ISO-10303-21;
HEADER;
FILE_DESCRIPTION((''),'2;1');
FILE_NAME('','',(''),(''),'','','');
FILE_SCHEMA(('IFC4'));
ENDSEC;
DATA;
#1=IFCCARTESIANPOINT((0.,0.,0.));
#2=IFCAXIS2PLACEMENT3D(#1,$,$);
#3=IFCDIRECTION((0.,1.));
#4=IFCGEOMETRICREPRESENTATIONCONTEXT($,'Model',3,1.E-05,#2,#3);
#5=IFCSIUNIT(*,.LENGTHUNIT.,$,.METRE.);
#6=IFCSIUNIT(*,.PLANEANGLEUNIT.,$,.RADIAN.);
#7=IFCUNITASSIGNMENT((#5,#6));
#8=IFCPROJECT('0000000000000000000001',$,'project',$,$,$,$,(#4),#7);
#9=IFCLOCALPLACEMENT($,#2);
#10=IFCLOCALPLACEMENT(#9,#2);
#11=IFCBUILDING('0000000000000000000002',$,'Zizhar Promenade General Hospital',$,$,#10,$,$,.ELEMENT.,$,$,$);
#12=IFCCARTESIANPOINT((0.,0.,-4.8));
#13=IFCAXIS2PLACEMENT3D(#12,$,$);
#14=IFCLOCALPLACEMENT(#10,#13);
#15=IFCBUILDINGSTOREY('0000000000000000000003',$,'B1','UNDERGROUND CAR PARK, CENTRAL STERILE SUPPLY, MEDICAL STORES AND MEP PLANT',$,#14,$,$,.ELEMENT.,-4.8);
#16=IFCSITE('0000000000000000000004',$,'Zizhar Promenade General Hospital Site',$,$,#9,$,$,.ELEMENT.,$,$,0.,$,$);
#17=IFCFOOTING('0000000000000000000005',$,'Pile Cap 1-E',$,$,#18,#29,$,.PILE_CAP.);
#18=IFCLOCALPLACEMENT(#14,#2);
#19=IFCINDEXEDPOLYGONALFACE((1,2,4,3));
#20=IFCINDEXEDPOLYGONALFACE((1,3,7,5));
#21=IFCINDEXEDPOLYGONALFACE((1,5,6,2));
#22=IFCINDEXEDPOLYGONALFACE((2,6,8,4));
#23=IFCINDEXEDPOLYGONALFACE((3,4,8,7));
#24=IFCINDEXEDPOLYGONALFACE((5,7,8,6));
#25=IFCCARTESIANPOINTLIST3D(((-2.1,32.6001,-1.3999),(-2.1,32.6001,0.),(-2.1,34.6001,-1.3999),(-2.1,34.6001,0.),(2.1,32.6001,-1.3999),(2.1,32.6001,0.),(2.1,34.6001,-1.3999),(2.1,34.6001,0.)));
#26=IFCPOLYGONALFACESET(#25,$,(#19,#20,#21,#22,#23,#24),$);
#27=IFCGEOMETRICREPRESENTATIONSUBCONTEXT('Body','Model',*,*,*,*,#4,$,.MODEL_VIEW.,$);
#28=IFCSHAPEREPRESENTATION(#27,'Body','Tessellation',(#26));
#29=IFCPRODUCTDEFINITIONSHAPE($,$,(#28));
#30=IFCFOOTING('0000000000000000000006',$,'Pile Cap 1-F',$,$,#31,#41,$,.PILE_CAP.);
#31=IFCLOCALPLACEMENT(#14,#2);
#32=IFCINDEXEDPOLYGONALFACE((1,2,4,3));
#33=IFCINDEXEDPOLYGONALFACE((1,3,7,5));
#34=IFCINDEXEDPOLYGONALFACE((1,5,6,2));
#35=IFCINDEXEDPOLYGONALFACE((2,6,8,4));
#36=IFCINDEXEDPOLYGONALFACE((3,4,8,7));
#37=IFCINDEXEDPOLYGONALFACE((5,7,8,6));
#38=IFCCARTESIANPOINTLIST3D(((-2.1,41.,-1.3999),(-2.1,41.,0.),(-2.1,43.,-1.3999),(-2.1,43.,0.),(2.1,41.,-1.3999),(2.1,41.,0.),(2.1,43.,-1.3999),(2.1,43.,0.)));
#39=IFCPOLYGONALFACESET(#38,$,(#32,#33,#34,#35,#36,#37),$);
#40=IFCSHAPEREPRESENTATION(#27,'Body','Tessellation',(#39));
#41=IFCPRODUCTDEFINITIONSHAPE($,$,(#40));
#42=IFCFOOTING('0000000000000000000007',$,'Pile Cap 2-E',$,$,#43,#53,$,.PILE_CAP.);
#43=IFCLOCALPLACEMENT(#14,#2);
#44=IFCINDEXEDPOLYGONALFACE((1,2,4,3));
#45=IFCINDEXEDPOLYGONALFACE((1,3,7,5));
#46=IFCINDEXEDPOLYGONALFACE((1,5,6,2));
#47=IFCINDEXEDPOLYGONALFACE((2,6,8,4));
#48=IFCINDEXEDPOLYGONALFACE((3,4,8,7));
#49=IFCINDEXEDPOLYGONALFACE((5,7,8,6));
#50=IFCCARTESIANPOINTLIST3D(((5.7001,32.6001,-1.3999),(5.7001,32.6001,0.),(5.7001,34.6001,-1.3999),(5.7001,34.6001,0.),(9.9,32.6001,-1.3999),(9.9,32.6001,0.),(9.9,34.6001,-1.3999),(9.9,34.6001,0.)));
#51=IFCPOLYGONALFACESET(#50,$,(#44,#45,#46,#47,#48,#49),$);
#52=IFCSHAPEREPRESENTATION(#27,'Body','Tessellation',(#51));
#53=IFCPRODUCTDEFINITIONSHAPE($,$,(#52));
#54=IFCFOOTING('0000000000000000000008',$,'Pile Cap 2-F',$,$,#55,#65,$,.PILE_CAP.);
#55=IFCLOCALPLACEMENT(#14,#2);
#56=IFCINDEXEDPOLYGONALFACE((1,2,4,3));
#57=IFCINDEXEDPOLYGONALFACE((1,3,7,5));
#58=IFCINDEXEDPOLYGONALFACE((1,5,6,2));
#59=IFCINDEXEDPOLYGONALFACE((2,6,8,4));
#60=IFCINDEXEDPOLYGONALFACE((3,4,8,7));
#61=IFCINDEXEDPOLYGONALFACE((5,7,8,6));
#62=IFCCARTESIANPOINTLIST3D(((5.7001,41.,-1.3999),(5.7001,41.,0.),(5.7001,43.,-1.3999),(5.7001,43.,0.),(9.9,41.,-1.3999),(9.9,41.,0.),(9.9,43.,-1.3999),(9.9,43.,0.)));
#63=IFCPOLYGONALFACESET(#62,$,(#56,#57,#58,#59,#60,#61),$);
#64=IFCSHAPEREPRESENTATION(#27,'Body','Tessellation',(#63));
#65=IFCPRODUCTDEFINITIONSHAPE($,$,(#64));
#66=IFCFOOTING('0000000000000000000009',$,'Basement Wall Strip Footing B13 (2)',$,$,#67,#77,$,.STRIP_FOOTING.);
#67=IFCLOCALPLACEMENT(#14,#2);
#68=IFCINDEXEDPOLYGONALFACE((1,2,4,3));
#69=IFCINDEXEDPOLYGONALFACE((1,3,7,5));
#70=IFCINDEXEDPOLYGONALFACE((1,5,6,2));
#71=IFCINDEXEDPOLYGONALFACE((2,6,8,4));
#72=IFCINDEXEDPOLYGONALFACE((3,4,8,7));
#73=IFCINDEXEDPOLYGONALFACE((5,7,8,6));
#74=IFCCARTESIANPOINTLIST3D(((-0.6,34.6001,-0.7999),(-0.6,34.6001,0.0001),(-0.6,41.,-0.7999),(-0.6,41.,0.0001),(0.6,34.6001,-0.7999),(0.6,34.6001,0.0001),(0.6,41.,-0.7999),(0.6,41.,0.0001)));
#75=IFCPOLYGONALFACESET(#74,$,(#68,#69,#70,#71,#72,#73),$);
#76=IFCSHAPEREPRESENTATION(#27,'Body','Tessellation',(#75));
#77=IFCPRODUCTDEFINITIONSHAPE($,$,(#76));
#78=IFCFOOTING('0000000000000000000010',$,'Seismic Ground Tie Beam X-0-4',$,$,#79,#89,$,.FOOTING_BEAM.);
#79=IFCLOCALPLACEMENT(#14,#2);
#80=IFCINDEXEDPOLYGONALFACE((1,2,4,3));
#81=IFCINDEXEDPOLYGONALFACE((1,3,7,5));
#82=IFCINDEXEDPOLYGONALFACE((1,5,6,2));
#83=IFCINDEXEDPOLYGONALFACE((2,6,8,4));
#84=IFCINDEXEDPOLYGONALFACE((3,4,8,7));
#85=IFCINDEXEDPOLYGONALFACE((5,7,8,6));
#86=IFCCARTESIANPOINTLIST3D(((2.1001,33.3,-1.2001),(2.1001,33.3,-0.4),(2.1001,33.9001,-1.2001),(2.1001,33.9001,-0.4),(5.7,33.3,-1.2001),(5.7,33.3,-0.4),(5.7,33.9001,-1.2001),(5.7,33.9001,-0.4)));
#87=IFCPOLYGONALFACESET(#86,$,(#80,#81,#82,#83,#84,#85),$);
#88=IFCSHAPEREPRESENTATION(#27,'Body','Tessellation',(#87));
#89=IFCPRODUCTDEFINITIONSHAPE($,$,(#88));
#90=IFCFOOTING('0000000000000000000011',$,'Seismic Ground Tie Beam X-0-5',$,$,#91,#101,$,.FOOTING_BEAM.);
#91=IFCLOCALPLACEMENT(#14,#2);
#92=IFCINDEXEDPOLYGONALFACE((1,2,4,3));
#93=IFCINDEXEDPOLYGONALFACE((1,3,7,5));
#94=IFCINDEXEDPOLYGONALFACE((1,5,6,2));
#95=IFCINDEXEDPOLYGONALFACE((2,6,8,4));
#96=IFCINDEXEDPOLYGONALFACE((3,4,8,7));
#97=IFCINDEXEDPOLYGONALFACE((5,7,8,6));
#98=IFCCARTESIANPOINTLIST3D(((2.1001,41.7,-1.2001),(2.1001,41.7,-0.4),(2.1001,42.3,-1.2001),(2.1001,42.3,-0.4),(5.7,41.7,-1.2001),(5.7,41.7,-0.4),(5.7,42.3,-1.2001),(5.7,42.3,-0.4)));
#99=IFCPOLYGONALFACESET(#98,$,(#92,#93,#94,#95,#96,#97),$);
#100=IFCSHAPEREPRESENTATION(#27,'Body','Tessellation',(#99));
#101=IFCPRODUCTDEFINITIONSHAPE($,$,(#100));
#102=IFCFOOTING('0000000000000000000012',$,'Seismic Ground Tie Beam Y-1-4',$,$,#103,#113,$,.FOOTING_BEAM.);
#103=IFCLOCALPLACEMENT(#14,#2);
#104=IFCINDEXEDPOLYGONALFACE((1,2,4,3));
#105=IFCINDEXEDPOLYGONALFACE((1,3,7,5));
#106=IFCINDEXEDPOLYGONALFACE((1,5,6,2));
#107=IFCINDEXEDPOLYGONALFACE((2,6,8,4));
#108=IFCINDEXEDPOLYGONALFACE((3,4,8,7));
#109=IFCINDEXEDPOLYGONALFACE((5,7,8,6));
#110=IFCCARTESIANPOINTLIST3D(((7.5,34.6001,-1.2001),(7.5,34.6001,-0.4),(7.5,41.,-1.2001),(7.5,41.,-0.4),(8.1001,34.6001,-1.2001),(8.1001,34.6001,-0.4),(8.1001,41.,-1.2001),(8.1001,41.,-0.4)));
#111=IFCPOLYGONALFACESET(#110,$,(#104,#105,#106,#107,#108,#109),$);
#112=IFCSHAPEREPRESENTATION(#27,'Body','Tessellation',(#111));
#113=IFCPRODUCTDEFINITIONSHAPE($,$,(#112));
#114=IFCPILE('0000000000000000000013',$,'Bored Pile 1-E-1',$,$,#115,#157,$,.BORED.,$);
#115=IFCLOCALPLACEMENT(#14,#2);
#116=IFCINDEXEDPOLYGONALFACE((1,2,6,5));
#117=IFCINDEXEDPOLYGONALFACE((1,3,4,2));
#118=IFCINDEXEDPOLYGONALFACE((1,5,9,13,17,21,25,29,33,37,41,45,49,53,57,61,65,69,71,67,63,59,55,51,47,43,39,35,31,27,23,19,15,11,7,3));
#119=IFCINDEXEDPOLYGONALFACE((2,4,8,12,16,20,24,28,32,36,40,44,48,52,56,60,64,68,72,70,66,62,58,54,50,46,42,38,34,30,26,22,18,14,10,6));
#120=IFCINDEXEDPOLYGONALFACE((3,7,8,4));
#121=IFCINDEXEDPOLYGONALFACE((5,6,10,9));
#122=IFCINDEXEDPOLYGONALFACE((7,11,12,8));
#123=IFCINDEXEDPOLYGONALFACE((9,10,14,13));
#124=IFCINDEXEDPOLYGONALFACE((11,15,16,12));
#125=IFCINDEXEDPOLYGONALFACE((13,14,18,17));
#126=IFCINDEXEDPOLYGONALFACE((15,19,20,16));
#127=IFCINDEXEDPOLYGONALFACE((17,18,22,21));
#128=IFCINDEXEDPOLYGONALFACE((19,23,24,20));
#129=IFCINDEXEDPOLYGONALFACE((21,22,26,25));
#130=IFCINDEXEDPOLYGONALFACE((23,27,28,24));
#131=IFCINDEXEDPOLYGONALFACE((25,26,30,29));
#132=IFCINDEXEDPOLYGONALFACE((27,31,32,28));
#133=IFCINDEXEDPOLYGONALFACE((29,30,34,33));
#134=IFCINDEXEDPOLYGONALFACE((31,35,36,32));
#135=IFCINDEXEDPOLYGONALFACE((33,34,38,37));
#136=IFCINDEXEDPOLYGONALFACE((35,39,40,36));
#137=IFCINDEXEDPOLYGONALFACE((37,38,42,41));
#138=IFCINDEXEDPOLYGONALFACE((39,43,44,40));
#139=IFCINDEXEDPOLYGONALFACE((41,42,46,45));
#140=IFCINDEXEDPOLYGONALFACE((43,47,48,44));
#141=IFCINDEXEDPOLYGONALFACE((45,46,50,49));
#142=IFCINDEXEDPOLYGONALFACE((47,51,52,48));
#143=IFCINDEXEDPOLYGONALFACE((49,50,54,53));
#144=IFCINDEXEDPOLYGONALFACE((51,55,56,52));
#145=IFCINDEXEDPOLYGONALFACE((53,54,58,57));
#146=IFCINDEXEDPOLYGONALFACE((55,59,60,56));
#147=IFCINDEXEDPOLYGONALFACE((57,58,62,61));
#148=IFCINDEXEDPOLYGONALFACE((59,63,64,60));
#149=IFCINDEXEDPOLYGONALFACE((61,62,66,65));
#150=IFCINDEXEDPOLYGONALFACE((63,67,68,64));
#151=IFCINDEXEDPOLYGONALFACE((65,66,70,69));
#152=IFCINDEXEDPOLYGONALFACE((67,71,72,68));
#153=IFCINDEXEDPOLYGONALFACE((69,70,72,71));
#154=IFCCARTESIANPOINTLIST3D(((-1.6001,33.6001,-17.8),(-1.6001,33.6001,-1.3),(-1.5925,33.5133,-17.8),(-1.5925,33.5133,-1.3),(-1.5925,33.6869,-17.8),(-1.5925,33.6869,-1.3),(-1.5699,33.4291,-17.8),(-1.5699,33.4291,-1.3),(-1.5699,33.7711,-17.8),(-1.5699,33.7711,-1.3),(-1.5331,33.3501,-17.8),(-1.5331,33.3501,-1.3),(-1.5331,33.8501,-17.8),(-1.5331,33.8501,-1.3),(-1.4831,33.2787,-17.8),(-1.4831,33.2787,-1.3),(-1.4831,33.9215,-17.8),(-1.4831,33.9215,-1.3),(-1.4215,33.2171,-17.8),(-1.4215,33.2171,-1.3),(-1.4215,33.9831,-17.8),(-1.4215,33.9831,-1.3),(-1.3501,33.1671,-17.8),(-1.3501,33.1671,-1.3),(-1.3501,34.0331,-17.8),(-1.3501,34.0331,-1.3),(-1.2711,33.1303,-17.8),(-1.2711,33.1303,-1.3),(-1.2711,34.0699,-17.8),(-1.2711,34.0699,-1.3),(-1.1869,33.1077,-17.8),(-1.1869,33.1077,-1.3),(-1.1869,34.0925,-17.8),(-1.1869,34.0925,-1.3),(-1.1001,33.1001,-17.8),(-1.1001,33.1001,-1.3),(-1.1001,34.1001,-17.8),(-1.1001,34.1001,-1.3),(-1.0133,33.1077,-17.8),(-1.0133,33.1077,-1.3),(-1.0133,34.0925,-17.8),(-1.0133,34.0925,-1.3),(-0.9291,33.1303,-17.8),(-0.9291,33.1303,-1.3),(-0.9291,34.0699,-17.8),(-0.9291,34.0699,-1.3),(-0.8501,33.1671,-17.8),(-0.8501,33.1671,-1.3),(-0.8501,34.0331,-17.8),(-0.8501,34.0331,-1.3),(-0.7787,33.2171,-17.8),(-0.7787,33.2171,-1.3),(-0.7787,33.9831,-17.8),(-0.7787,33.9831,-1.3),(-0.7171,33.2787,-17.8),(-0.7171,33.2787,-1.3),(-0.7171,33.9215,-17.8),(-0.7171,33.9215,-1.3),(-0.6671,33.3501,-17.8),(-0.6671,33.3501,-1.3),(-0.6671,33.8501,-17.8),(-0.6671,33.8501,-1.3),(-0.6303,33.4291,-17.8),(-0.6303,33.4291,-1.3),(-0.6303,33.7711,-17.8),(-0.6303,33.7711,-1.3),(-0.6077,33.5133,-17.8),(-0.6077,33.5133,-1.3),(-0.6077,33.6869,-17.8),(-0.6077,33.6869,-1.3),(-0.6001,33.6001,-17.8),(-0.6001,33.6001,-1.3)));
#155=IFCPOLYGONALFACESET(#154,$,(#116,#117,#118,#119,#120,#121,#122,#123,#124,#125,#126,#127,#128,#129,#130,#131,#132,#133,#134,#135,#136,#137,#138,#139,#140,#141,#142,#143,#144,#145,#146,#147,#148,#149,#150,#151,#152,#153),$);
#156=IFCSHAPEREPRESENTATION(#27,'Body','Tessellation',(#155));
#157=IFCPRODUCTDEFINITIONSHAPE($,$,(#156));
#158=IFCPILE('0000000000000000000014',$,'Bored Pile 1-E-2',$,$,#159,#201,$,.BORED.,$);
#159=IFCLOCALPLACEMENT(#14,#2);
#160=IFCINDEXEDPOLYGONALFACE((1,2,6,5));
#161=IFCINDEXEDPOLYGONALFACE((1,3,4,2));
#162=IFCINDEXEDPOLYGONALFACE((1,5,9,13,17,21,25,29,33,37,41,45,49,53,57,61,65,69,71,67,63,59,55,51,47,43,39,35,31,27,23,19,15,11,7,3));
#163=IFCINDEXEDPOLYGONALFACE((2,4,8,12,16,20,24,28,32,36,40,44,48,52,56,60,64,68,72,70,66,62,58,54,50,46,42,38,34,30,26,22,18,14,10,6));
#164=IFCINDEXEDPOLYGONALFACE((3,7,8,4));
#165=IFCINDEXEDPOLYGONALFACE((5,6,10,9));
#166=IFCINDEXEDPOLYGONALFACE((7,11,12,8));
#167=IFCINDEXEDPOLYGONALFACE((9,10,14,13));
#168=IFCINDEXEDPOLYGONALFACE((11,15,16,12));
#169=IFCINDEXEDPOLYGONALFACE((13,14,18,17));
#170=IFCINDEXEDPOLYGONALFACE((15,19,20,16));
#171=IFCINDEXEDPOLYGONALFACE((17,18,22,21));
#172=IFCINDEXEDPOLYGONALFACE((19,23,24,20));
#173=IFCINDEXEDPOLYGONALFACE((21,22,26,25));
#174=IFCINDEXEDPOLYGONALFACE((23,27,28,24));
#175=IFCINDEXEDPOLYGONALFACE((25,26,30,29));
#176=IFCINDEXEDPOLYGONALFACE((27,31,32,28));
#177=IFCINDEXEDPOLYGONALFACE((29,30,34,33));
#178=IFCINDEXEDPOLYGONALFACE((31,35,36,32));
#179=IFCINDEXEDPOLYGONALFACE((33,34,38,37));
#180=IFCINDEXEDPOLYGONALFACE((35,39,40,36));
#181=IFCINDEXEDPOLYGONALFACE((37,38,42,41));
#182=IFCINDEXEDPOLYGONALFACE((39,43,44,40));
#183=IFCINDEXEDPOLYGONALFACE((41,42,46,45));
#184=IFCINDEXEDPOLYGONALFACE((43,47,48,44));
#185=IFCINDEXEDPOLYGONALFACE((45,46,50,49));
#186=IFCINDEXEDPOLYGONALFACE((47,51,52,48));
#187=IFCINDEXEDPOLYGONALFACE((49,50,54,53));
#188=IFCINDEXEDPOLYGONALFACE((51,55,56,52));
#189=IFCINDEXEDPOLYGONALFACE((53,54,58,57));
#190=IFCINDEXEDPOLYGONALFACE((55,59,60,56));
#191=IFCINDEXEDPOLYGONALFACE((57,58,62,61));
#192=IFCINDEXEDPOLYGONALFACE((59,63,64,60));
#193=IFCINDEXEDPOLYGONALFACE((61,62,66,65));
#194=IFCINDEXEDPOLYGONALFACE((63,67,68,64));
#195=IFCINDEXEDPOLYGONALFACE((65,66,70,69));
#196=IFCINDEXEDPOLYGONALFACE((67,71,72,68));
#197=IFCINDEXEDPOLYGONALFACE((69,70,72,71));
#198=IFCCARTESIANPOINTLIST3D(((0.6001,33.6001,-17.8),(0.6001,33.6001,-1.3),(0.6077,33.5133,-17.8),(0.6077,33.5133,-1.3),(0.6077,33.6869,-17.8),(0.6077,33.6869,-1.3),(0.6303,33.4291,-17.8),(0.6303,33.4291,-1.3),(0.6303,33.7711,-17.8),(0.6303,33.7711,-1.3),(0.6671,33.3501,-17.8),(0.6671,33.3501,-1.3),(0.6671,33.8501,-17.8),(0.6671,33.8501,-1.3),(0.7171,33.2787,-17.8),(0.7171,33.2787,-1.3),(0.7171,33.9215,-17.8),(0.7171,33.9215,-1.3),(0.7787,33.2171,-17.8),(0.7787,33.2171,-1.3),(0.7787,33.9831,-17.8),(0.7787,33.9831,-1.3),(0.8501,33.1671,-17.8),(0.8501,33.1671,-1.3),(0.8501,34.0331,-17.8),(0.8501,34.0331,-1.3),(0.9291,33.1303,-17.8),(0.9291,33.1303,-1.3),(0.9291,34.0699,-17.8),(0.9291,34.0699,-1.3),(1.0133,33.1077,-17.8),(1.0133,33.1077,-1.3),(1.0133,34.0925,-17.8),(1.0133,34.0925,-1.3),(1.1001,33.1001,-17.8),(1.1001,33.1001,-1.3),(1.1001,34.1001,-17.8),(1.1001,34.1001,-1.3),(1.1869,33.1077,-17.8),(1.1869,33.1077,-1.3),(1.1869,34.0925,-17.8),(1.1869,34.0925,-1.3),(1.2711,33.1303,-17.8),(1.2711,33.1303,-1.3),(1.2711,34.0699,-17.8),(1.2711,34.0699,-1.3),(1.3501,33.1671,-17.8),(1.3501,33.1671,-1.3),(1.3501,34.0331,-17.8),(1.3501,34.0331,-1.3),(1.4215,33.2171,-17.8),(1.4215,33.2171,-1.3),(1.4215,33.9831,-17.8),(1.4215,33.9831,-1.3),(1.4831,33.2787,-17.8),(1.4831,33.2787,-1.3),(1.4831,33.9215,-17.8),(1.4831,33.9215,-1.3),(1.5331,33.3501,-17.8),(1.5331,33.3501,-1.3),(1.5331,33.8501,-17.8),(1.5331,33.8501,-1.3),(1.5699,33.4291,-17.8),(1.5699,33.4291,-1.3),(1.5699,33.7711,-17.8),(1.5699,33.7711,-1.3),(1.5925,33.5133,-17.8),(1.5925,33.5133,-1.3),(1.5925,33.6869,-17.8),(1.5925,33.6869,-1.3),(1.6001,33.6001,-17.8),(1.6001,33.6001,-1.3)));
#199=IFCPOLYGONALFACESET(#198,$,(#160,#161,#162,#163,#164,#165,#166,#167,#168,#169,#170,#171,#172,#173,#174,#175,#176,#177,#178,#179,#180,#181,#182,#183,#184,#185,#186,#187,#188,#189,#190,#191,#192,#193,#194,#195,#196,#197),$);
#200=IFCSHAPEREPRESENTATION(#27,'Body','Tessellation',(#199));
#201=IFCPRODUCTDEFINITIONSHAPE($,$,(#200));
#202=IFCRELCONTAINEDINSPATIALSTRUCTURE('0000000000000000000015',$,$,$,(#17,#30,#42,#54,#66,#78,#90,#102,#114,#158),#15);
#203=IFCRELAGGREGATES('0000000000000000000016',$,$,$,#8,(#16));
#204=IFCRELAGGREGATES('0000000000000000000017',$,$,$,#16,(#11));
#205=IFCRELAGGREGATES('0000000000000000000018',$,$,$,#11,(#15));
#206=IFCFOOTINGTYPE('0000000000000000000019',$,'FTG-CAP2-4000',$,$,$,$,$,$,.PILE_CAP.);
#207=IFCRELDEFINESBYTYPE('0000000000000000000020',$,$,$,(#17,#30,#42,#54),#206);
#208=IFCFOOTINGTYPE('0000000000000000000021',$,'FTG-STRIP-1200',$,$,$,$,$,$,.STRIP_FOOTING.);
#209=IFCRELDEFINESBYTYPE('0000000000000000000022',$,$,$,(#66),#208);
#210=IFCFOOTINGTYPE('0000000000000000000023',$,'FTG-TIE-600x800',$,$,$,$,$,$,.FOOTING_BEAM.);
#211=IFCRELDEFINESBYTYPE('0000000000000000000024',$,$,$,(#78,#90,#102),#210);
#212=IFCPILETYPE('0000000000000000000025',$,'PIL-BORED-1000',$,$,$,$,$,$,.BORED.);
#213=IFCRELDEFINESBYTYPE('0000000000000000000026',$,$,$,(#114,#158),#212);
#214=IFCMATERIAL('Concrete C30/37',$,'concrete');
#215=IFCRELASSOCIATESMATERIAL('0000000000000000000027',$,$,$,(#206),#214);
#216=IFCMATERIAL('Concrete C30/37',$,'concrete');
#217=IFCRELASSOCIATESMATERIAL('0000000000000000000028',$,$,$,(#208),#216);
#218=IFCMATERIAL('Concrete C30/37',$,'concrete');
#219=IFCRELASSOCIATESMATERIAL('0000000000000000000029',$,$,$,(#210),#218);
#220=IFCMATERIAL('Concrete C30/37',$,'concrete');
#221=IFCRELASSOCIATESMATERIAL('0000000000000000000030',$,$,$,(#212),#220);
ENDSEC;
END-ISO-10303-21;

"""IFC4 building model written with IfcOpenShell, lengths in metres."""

from ifc_helpers import new_model, si_unit, direction, frame, origin, origin_2d, place, context, subcontext, project, spatial, rectangle, circle, extrude, material, material_profile, profile_set, type_object, element, save


model = new_model("IFC4")

# Units and contexts
model_context = context("Model", 3, precision=1e-05, world=origin(), true_north=direction((0.0, 1.0)))
body_context = subcontext(model_context, "Body", "Model", "MODEL_VIEW")
ifc_project = project(units=[si_unit("LENGTHUNIT", "METRE"), si_unit("PLANEANGLEUNIT", "RADIAN")], contexts=[model_context])

# Site, building, storey
site_placement = place(None, origin())
site = spatial("IfcSite", under=ifc_project, at=site_placement, Name="Zizhar Promenade General Hospital Site", CompositionType="ELEMENT", RefElevation=0.0)
building_placement = place(site_placement, origin())
building = spatial("IfcBuilding", under=site, at=building_placement, Name="Zizhar Promenade General Hospital", CompositionType="ELEMENT")
storey_placement = place(building_placement, frame((0.0, 0.0, -4.8)))
storey = spatial("IfcBuildingStorey", under=building, at=storey_placement, Name="B1", Description="UNDERGROUND CAR PARK, CENTRAL STERILE SUPPLY, MEDICAL STORES AND MEP PLANT", CompositionType="ELEMENT", Elevation=-4.8)

# Footings
ifc_material_1 = material(Name="Concrete C30/37", Category="concrete")
footing_type_1 = type_object("IfcFootingType", Name="FTG-CAP2-4000", PredefinedType="PILE_CAP", material=ifc_material_1)
for number, where, z_axis, x_axis, name in (
    (1, (0.0, 33.6001, -1.3999), (0.0, 0.0, 1.0), (1.0, 0.0, 0.0), "Pile Cap 1-E"),
    (2, (0.0, 42.0, -1.3999), (0.0, 0.0, 1.0), (1.0, 0.0, 0.0), "Pile Cap 1-F"),
    (3, (7.8, 33.6001, -1.3999), (0.0, 0.0, 1.0), (1.0, 0.0, 0.0), "Pile Cap 2-E"),
    (4, (7.8, 42.0, -1.3999), (0.0, 0.0, 1.0), (1.0, 0.0, 0.0), "Pile Cap 2-F"),
):
    element("IfcFooting", number, at=place(storey_placement, frame(where, z_axis=z_axis, x_axis=x_axis)), inside=storey, type_object=footing_type_1, Name=name, PredefinedType="PILE_CAP", context=body_context, shape_type="SweptSolid", body=[
        extrude(rectangle(XDim=4.2, YDim=2.0, at=origin_2d()), origin(), (0.0, 0.0, 1.0), 1.3999),
    ])
ifc_material_2 = material(Name="Concrete C30/37", Category="concrete")
ifc_material_profile_1 = material_profile(ifc_material_2, rectangle(XDim=1.2, YDim=0.8, at=origin_2d()))
ifc_profile_set_1 = profile_set([ifc_material_profile_1], Name="Concrete C30/37")
footing_type_2 = type_object("IfcFootingType", Name="FTG-STRIP-1200", PredefinedType="STRIP_FOOTING", material=ifc_profile_set_1)
footing_1_placement = place(storey_placement, frame((0.0, 41.0, -0.3999), z_axis=(0.0, -1.0, 0.0), x_axis=(1.0, 0.0, 0.0)))
element("IfcFooting", 5, at=footing_1_placement, inside=storey, type_object=footing_type_2, Name="Basement Wall Strip Footing B13 (2)", PredefinedType="STRIP_FOOTING", context=body_context, shape_type="SweptSolid", body=[
    extrude(rectangle(XDim=1.2, YDim=0.8, at=origin_2d()), origin(), (0.0, 0.0, 1.0), 6.3999),
])
ifc_material_3 = material(Name="Concrete C30/37", Category="concrete")
ifc_material_profile_2 = material_profile(ifc_material_3, rectangle(XDim=0.6001, YDim=0.8, at=origin_2d()))
ifc_profile_set_2 = profile_set([ifc_material_profile_2], Name="Concrete C30/37")
footing_type_3 = type_object("IfcFootingType", Name="FTG-TIE-600x800", PredefinedType="FOOTING_BEAM", material=ifc_profile_set_2)
for number, where, z_axis, x_axis, name in (
    (6, (2.1001, 33.6001, -0.8), (1.0, 0.0, 0.0), (0.0, 1.0, 0.0), "Seismic Ground Tie Beam X-0-4"),
    (7, (2.1001, 42.0, -0.8), (1.0, 0.0, 0.0), (0.0, 1.0, 0.0), "Seismic Ground Tie Beam X-0-5"),
):
    element("IfcFooting", number, at=place(storey_placement, frame(where, z_axis=z_axis, x_axis=x_axis)), inside=storey, type_object=footing_type_3, Name=name, PredefinedType="FOOTING_BEAM", context=body_context, shape_type="SweptSolid", body=[
        extrude(rectangle(XDim=0.6001, YDim=0.8, at=origin_2d()), origin(), (0.0, 0.0, 1.0), 3.5999),
    ])
footing_2_placement = place(storey_placement, frame((7.8, 34.6001, -0.8), z_axis=(0.0, 1.0, 0.0), x_axis=(-1.0, 0.0, 0.0)))
element("IfcFooting", 8, at=footing_2_placement, inside=storey, type_object=footing_type_3, Name="Seismic Ground Tie Beam Y-1-4", PredefinedType="FOOTING_BEAM", context=body_context, shape_type="SweptSolid", body=[
    extrude(rectangle(XDim=0.6001, YDim=0.8, at=origin_2d()), origin(), (0.0, 0.0, 1.0), 6.3999),
])

# Piles
ifc_material_4 = material(Name="Concrete C30/37", Category="concrete")
ifc_material_profile_3 = material_profile(ifc_material_4, circle(Radius=0.5, at=origin_2d()))
ifc_profile_set_3 = profile_set([ifc_material_profile_3], Name="Concrete C30/37")
pile_type = type_object("IfcPileType", Name="PIL-BORED-1000", PredefinedType="BORED", material=ifc_profile_set_3)
for number, where, z_axis, x_axis, name in (
    (9, (-1.1001, 33.6001, -1.3), (0.0, 0.0, -1.0), (1.0, 0.0, 0.0), "Bored Pile 1-E-1"),
    (10, (1.1001, 33.6001, -1.3), (0.0, 0.0, -1.0), (1.0, 0.0, 0.0), "Bored Pile 1-E-2"),
):
    element("IfcPile", number, at=place(storey_placement, frame(where, z_axis=z_axis, x_axis=x_axis)), inside=storey, type_object=pile_type, Name=name, PredefinedType="BORED", context=body_context, shape_type="SweptSolid", body=[
        extrude(circle(Radius=0.5, at=origin_2d()), origin(), (0.0, 0.0, 1.0), 16.5),
    ])

save(model, "model.ifc")
